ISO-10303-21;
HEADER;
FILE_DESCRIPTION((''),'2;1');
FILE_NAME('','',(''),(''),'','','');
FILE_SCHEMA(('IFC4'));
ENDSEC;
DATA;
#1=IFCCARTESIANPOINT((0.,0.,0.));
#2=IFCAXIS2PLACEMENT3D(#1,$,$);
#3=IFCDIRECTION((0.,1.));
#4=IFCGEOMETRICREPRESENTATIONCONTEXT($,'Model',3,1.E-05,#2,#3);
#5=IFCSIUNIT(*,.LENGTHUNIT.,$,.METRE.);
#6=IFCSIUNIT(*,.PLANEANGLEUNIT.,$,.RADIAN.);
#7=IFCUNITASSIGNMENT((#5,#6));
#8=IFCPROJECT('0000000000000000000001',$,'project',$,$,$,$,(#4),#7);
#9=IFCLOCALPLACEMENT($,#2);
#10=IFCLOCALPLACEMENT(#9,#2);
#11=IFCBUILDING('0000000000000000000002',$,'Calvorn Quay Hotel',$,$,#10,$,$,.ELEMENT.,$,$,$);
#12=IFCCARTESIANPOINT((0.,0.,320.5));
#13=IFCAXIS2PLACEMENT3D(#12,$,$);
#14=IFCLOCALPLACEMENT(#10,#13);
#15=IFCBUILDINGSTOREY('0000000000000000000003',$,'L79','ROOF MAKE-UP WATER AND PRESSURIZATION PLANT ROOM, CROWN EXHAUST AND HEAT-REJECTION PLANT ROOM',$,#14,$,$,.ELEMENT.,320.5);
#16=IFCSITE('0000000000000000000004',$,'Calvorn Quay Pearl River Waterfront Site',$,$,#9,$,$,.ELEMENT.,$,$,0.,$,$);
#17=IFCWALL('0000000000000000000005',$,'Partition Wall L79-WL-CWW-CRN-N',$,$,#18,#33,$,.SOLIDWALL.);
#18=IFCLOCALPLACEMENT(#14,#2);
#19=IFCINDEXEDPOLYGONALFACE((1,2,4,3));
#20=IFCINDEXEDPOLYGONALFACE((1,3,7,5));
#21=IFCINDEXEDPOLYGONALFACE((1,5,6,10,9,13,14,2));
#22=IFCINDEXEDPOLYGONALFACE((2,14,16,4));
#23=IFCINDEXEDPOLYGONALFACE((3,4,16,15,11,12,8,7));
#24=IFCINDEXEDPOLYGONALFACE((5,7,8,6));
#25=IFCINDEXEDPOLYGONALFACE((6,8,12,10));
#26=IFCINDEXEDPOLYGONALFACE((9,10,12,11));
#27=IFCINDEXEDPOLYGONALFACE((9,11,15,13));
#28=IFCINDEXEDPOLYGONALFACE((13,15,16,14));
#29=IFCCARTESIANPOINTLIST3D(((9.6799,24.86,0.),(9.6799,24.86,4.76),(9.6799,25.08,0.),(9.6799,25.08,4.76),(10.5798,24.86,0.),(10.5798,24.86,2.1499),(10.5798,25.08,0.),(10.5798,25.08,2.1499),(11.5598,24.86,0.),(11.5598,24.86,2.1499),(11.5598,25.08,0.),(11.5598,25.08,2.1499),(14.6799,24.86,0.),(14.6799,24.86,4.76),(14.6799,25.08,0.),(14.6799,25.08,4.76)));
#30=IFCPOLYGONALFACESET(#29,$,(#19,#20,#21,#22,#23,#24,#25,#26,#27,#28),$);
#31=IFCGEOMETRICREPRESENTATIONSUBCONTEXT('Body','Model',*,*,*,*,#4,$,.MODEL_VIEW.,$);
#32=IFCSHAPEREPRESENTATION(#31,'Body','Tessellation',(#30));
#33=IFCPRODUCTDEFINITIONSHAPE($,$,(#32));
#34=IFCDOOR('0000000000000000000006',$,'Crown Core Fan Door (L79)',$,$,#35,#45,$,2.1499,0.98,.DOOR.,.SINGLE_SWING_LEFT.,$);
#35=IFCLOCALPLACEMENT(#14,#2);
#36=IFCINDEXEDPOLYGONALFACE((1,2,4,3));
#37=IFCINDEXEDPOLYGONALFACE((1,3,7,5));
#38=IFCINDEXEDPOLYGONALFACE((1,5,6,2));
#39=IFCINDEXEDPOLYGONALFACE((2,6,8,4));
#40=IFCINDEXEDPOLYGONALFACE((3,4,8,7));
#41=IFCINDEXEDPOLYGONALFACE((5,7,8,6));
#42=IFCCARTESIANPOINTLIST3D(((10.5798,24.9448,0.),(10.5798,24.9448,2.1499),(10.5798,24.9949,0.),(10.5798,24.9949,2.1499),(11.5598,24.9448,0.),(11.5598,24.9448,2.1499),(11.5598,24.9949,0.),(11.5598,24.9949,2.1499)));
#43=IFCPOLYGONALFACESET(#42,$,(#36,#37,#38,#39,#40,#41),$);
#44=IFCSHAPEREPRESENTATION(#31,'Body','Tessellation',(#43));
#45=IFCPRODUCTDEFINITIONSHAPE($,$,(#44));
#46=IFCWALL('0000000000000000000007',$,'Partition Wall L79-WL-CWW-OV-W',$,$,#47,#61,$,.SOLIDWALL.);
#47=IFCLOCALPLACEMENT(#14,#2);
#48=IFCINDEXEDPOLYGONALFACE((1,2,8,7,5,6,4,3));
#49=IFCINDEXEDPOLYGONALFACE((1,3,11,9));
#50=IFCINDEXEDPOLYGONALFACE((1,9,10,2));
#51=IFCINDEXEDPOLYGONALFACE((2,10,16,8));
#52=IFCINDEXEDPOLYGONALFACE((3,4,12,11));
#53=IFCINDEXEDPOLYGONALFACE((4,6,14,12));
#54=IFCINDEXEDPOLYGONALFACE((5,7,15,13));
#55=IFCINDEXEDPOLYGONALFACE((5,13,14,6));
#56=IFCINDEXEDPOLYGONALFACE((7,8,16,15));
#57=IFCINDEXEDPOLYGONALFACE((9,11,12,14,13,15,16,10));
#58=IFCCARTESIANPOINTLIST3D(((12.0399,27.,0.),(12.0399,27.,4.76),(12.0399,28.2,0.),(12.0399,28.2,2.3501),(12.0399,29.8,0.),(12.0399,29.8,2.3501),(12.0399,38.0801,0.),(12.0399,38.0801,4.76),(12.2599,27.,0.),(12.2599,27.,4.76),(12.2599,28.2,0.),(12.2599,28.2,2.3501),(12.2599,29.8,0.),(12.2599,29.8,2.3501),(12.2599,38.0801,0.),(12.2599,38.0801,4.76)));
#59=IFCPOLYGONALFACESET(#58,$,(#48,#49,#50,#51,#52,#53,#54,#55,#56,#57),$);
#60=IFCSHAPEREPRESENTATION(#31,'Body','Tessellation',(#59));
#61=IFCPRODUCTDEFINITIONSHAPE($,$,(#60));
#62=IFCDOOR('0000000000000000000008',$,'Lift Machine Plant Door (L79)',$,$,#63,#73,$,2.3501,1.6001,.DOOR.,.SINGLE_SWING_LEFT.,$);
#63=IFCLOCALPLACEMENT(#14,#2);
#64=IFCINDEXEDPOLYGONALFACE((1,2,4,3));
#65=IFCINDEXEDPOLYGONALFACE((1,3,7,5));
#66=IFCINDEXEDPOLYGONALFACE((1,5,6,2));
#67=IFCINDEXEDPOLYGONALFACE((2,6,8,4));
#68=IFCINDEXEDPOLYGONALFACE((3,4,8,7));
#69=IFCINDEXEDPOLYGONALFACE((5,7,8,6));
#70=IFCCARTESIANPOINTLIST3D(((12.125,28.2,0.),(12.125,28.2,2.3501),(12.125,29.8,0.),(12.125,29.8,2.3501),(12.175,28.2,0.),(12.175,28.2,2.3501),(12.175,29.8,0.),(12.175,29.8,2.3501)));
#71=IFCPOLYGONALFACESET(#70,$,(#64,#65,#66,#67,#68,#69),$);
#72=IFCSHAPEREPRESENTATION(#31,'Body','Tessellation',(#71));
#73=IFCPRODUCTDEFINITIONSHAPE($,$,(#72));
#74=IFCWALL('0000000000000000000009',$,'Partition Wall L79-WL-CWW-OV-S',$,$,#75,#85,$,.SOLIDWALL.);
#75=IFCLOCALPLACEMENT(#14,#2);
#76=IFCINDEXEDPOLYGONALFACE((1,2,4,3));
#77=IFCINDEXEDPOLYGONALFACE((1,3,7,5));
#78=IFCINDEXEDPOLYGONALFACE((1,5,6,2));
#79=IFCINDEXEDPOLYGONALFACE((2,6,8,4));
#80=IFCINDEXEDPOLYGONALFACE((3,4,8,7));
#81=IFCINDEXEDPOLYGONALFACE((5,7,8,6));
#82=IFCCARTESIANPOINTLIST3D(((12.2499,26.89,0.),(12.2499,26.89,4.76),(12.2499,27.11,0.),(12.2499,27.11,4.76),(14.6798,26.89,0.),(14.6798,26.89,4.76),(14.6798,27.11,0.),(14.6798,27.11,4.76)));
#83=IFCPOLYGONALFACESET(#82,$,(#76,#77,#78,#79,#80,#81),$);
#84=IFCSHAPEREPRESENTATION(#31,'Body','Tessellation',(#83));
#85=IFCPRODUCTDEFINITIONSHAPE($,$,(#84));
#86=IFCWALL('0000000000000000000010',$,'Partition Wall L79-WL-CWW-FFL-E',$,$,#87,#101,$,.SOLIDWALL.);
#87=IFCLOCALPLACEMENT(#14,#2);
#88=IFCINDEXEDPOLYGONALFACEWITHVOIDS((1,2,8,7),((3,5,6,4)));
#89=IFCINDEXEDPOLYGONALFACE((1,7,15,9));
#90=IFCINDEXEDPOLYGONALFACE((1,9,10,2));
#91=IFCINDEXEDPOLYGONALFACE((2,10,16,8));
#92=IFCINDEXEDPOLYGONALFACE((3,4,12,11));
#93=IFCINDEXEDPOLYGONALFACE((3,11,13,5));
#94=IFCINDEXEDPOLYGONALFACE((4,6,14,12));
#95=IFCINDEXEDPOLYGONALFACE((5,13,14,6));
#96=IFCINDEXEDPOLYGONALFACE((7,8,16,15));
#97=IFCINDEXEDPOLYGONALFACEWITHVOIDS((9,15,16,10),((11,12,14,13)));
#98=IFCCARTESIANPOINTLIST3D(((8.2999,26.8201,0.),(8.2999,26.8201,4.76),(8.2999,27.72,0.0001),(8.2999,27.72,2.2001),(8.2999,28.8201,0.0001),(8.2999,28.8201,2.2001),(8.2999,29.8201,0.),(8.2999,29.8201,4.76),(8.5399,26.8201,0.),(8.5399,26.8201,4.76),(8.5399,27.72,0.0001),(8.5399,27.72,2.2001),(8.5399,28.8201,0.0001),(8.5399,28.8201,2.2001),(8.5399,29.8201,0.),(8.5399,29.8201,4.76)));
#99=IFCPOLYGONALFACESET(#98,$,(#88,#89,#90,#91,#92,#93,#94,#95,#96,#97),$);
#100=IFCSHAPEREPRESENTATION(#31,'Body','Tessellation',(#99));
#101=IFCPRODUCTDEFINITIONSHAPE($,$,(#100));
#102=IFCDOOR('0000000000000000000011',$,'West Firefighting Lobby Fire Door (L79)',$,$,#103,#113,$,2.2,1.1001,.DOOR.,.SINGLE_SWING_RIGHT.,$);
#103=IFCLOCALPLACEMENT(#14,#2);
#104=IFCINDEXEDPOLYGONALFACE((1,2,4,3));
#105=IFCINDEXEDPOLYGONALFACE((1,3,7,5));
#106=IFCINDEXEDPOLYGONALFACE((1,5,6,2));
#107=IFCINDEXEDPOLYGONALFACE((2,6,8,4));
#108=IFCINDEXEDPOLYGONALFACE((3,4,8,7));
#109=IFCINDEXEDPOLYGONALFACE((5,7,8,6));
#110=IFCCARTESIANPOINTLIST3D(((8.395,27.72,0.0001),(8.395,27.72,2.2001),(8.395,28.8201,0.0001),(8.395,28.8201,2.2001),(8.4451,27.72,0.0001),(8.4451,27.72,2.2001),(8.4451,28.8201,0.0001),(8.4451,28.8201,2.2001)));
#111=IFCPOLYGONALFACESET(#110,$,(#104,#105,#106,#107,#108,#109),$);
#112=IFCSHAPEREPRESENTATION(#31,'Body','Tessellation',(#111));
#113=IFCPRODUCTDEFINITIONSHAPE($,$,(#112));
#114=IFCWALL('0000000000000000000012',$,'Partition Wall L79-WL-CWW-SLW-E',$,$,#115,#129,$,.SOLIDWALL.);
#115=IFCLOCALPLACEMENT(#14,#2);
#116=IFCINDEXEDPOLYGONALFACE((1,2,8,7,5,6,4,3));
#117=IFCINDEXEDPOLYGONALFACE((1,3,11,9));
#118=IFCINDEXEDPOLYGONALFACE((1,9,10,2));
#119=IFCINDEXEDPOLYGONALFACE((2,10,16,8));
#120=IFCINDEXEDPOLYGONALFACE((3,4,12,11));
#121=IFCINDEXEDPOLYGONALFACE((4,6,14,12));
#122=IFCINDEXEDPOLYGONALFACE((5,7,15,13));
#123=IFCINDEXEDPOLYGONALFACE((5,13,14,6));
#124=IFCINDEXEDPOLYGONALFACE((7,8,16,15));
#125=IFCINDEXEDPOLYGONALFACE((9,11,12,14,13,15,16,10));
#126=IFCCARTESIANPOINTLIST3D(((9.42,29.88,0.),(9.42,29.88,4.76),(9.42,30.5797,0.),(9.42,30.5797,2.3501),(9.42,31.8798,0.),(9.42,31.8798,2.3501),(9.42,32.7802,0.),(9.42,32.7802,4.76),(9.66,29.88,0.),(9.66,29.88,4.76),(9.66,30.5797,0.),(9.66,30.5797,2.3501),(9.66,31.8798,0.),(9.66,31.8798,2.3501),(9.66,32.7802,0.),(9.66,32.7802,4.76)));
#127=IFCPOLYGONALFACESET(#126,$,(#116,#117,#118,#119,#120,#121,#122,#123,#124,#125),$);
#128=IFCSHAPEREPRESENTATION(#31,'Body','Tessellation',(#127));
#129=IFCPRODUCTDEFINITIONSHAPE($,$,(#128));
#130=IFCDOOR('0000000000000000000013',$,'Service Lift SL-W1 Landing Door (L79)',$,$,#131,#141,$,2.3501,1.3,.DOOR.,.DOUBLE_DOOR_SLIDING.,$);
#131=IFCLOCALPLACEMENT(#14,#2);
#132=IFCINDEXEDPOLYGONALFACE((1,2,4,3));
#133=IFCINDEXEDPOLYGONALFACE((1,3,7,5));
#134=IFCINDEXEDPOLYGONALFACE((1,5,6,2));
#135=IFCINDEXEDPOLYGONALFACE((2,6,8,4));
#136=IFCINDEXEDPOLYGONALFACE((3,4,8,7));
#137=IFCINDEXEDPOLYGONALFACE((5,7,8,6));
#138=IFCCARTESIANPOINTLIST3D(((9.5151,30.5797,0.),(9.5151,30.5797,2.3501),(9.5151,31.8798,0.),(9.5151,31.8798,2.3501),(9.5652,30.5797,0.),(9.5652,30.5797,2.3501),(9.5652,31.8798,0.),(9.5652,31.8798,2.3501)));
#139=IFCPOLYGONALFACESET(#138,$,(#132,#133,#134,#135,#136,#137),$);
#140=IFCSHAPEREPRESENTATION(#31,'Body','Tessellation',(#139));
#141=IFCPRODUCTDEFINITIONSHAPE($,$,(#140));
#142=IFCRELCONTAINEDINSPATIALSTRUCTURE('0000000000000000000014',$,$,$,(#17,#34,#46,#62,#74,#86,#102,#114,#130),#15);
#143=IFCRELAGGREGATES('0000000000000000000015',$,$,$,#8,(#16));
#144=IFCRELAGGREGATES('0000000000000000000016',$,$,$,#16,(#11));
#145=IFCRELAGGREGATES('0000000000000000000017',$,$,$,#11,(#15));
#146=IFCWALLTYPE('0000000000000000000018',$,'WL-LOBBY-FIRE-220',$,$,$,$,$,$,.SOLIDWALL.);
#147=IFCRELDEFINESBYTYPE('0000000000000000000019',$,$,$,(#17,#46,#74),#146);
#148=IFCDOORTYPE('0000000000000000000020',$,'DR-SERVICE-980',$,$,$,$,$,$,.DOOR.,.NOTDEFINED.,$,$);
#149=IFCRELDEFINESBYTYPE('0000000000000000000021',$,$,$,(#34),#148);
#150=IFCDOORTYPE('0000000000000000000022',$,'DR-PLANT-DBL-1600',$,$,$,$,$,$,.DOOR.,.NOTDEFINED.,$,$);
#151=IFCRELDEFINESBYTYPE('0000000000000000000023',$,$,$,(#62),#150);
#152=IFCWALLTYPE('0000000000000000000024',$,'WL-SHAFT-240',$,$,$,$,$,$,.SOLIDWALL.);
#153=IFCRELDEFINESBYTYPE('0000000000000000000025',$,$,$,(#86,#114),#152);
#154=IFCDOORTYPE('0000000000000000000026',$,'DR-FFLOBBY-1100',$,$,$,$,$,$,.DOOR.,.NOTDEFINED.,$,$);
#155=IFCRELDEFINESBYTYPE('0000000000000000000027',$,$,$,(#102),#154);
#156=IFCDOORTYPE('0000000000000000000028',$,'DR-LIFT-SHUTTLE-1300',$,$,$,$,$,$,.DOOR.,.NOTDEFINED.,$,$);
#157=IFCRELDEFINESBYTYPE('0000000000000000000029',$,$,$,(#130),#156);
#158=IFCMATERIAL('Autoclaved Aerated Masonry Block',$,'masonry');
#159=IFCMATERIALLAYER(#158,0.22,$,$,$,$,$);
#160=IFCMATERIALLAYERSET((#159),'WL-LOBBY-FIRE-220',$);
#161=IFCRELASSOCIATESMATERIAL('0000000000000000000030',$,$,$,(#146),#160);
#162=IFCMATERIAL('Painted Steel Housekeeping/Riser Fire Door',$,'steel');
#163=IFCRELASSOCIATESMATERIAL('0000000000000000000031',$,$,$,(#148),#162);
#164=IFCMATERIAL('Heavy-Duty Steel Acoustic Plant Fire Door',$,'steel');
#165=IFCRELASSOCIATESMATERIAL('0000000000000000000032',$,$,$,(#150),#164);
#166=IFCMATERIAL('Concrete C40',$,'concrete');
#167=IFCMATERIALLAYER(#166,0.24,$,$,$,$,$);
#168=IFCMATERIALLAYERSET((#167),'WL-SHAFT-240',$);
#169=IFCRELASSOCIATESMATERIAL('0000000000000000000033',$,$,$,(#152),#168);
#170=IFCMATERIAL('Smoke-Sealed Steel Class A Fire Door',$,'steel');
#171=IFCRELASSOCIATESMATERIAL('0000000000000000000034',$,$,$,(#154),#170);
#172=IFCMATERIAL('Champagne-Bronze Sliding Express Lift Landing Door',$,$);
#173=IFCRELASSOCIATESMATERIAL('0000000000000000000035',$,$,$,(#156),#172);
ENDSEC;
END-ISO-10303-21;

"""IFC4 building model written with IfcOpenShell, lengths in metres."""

from ifc_helpers import new_model, si_unit, direction, frame, frame_2d, origin, place, context, subcontext, project, spatial, rectangle, extrude, material, layer, layer_set, type_object, element, fill, save


model = new_model("IFC4")

# Units and contexts
model_context = context("Model", 3, precision=1e-05, world=origin(), true_north=direction((0.0, 1.0)))
body_context = subcontext(model_context, "Body", "Model", "MODEL_VIEW")
ifc_project = project(units=[si_unit("LENGTHUNIT", "METRE"), si_unit("PLANEANGLEUNIT", "RADIAN")], contexts=[model_context])

# Site, building, storey
site_placement = place(None, origin())
site = spatial("IfcSite", under=ifc_project, at=site_placement, Name="Calvorn Quay Pearl River Waterfront Site", CompositionType="ELEMENT", RefElevation=0.0)
building_placement = place(site_placement, origin())
building = spatial("IfcBuilding", under=site, at=building_placement, Name="Calvorn Quay Hotel", CompositionType="ELEMENT")
storey_placement = place(building_placement, frame((0.0, 0.0, 320.5)))
storey = spatial("IfcBuildingStorey", under=building, at=storey_placement, Name="L79", Description="ROOF MAKE-UP WATER AND PRESSURIZATION PLANT ROOM, CROWN EXHAUST AND HEAT-REJECTION PLANT ROOM", CompositionType="ELEMENT", Elevation=320.5)

# Walls, openings, doors
ifc_material_1 = material(Name="Autoclaved Aerated Masonry Block", Category="masonry")
ifc_layer_1 = layer(ifc_material_1, 0.22)
ifc_layer_set_1 = layer_set([ifc_layer_1], Name="WL-LOBBY-FIRE-220")
wall_type_1 = type_object("IfcWallType", Name="WL-LOBBY-FIRE-220", PredefinedType="SOLIDWALL", material=ifc_layer_set_1)
wall_1_placement = place(storey_placement, frame((9.6799, 24.97, 0.0), z_axis=(0.0, 0.0, 1.0), x_axis=(1.0, 0.0, 0.0)))
wall_1 = element("IfcWall", 1, at=wall_1_placement, inside=storey, type_object=wall_type_1, Name="Partition Wall L79-WL-CWW-CRN-N", PredefinedType="SOLIDWALL", context=body_context, shape_type="SweptSolid", body=[
    extrude(rectangle(XDim=5.0, YDim=0.22, at=frame_2d((2.5, 0.0))), origin(), (0.0, 0.0, 1.0), 4.76),
])
opening_1_placement = place(wall_1_placement, frame((0.8999, 0.0, 0.0)))
opening_1 = element("IfcOpeningElement", 2, at=opening_1_placement, cuts=wall_1, PredefinedType="OPENING", context=body_context, shape_type="SweptSolid", body=[
    extrude(rectangle(XDim=0.98, YDim=2.1499, at=frame_2d((0.49, 1.075))), frame((0.0, 0.1199, 0.0), z_axis=(0.0, -1.0, 0.0), x_axis=(1.0, 0.0, 0.0)), (0.0, 0.0, 1.0), 0.24),
])
ifc_material_2 = material(Name="Painted Steel Housekeeping/Riser Fire Door", Category="steel")
door_type_1 = type_object("IfcDoorType", Name="DR-SERVICE-980", OperationType="NOTDEFINED", PredefinedType="DOOR", material=ifc_material_2)
door_1_placement = place(opening_1_placement, origin())
door_1 = element("IfcDoor", 3, at=door_1_placement, inside=storey, type_object=door_type_1, Name="Crown Core Fan Door (L79)", OperationType="SINGLE_SWING_LEFT", OverallHeight=2.1499, OverallWidth=0.98, PredefinedType="DOOR", context=body_context, shape_type="SweptSolid", body=[
    extrude(rectangle(XDim=0.98, YDim=2.1499, at=frame_2d((0.49, 1.075))), frame((0.0, 0.0249, 0.0), z_axis=(0.0, -1.0, 0.0), x_axis=(1.0, 0.0, 0.0)), (0.0, 0.0, 1.0), 0.05),
])
fill(opening_1, door_1)
wall_2_placement = place(storey_placement, frame((12.1499, 27.0, 0.0), z_axis=(0.0, 0.0, 1.0), x_axis=(0.0, 1.0, 0.0)))
wall_2 = element("IfcWall", 4, at=wall_2_placement, inside=storey, type_object=wall_type_1, Name="Partition Wall L79-WL-CWW-OV-W", PredefinedType="SOLIDWALL", context=body_context, shape_type="SweptSolid", body=[
    extrude(rectangle(XDim=11.0801, YDim=0.22, at=frame_2d((5.54, 0.0))), origin(), (0.0, 0.0, 1.0), 4.76),
])
opening_2_placement = place(wall_2_placement, frame((1.2, 0.0, 0.0)))
opening_2 = element("IfcOpeningElement", 5, at=opening_2_placement, cuts=wall_2, PredefinedType="OPENING", context=body_context, shape_type="SweptSolid", body=[
    extrude(rectangle(XDim=1.6001, YDim=2.3501, at=frame_2d((0.8, 1.175))), frame((0.0, 0.1199, 0.0), z_axis=(0.0, -1.0, 0.0), x_axis=(1.0, 0.0, 0.0)), (0.0, 0.0, 1.0), 0.24),
])
ifc_material_3 = material(Name="Heavy-Duty Steel Acoustic Plant Fire Door", Category="steel")
door_type_2 = type_object("IfcDoorType", Name="DR-PLANT-DBL-1600", OperationType="NOTDEFINED", PredefinedType="DOOR", material=ifc_material_3)
door_2_placement = place(opening_2_placement, origin())
door_2 = element("IfcDoor", 6, at=door_2_placement, inside=storey, type_object=door_type_2, Name="Lift Machine Plant Door (L79)", OperationType="SINGLE_SWING_LEFT", OverallHeight=2.3501, OverallWidth=1.6001, PredefinedType="DOOR", context=body_context, shape_type="SweptSolid", body=[
    extrude(rectangle(XDim=1.6001, YDim=2.3501, at=frame_2d((0.8, 1.175))), frame((0.0, 0.0249, 0.0), z_axis=(0.0, -1.0, 0.0), x_axis=(1.0, 0.0, 0.0)), (0.0, 0.0, 1.0), 0.05),
])
fill(opening_2, door_2)

# Wall
wall_3_placement = place(storey_placement, frame((12.25, 27.0, 0.0), z_axis=(0.0, 0.0, 1.0), x_axis=(1.0, 0.0, 0.0)))
element("IfcWall", 7, at=wall_3_placement, inside=storey, type_object=wall_type_1, Name="Partition Wall L79-WL-CWW-OV-S", PredefinedType="SOLIDWALL", context=body_context, shape_type="SweptSolid", body=[
    extrude(rectangle(XDim=2.4299, YDim=0.22, at=frame_2d((1.2148, 0.0))), origin(), (0.0, 0.0, 1.0), 4.76),
])

# Walls, openings, doors
ifc_material_4 = material(Name="Concrete C40", Category="concrete")
ifc_layer_2 = layer(ifc_material_4, 0.24)
ifc_layer_set_2 = layer_set([ifc_layer_2], Name="WL-SHAFT-240")
wall_type_2 = type_object("IfcWallType", Name="WL-SHAFT-240", PredefinedType="SOLIDWALL", material=ifc_layer_set_2)
wall_4_placement = place(storey_placement, frame((8.4199, 26.8201, 0.0), z_axis=(0.0, 0.0, 1.0), x_axis=(0.0, 1.0, 0.0)))
wall_4 = element("IfcWall", 8, at=wall_4_placement, inside=storey, type_object=wall_type_2, Name="Partition Wall L79-WL-CWW-FFL-E", PredefinedType="SOLIDWALL", context=body_context, shape_type="SweptSolid", body=[
    extrude(rectangle(XDim=3.0, YDim=0.24, at=frame_2d((1.5, 0.0))), origin(), (0.0, 0.0, 1.0), 4.76),
])
opening_3_placement = place(wall_4_placement, frame((0.8999, 0.0, 0.0)))
opening_3 = element("IfcOpeningElement", 9, at=opening_3_placement, cuts=wall_4, PredefinedType="OPENING", context=body_context, shape_type="SweptSolid", body=[
    extrude(rectangle(XDim=1.1001, YDim=2.2, at=frame_2d((0.55, 1.1001))), frame((0.0, 0.1299, 0.0), z_axis=(0.0, -1.0, 0.0), x_axis=(1.0, 0.0, 0.0)), (0.0, 0.0, 1.0), 0.26),
])
ifc_material_5 = material(Name="Smoke-Sealed Steel Class A Fire Door", Category="steel")
door_type_3 = type_object("IfcDoorType", Name="DR-FFLOBBY-1100", OperationType="NOTDEFINED", PredefinedType="DOOR", material=ifc_material_5)
door_3_placement = place(opening_3_placement, origin())
door_3 = element("IfcDoor", 10, at=door_3_placement, inside=storey, type_object=door_type_3, Name="West Firefighting Lobby Fire Door (L79)", OperationType="SINGLE_SWING_RIGHT", OverallHeight=2.2, OverallWidth=1.1001, PredefinedType="DOOR", context=body_context, shape_type="SweptSolid", body=[
    extrude(rectangle(XDim=1.1001, YDim=2.2, at=frame_2d((0.55, 1.1001))), frame((0.0, 0.0249, 0.0), z_axis=(0.0, -1.0, 0.0), x_axis=(1.0, 0.0, 0.0)), (0.0, 0.0, 1.0), 0.05),
])
fill(opening_3, door_3)
wall_5_placement = place(storey_placement, frame((9.54, 29.8799, 0.0), z_axis=(0.0, 0.0, 1.0), x_axis=(0.0, 1.0, 0.0)))
wall_5 = element("IfcWall", 11, at=wall_5_placement, inside=storey, type_object=wall_type_2, Name="Partition Wall L79-WL-CWW-SLW-E", PredefinedType="SOLIDWALL", context=body_context, shape_type="SweptSolid", body=[
    extrude(rectangle(XDim=2.9001, YDim=0.24, at=frame_2d((1.4502, 0.0))), origin(), (0.0, 0.0, 1.0), 4.76),
])
opening_4_placement = place(wall_5_placement, frame((0.7, 0.0, 0.0)))
opening_4 = element("IfcOpeningElement", 12, at=opening_4_placement, cuts=wall_5, PredefinedType="OPENING", context=body_context, shape_type="SweptSolid", body=[
    extrude(rectangle(XDim=1.3, YDim=2.3501, at=frame_2d((0.6499, 1.175))), frame((0.0, 0.1299, 0.0), z_axis=(0.0, -1.0, 0.0), x_axis=(1.0, 0.0, 0.0)), (0.0, 0.0, 1.0), 0.26),
])
ifc_material_6 = material(Name="Champagne-Bronze Sliding Express Lift Landing Door")
door_type_4 = type_object("IfcDoorType", Name="DR-LIFT-SHUTTLE-1300", OperationType="NOTDEFINED", PredefinedType="DOOR", material=ifc_material_6)
door_4_placement = place(opening_4_placement, origin())
door_4 = element("IfcDoor", 13, at=door_4_placement, inside=storey, type_object=door_type_4, Name="Service Lift SL-W1 Landing Door (L79)", OperationType="DOUBLE_DOOR_SLIDING", OverallHeight=2.3501, OverallWidth=1.3, PredefinedType="DOOR", context=body_context, shape_type="SweptSolid", body=[
    extrude(rectangle(XDim=1.3, YDim=2.3501, at=frame_2d((0.6499, 1.175))), frame((0.0, 0.0249, 0.0), z_axis=(0.0, -1.0, 0.0), x_axis=(1.0, 0.0, 0.0)), (0.0, 0.0, 1.0), 0.05),
])
fill(opening_4, door_4)

save(model, "model.ifc")
